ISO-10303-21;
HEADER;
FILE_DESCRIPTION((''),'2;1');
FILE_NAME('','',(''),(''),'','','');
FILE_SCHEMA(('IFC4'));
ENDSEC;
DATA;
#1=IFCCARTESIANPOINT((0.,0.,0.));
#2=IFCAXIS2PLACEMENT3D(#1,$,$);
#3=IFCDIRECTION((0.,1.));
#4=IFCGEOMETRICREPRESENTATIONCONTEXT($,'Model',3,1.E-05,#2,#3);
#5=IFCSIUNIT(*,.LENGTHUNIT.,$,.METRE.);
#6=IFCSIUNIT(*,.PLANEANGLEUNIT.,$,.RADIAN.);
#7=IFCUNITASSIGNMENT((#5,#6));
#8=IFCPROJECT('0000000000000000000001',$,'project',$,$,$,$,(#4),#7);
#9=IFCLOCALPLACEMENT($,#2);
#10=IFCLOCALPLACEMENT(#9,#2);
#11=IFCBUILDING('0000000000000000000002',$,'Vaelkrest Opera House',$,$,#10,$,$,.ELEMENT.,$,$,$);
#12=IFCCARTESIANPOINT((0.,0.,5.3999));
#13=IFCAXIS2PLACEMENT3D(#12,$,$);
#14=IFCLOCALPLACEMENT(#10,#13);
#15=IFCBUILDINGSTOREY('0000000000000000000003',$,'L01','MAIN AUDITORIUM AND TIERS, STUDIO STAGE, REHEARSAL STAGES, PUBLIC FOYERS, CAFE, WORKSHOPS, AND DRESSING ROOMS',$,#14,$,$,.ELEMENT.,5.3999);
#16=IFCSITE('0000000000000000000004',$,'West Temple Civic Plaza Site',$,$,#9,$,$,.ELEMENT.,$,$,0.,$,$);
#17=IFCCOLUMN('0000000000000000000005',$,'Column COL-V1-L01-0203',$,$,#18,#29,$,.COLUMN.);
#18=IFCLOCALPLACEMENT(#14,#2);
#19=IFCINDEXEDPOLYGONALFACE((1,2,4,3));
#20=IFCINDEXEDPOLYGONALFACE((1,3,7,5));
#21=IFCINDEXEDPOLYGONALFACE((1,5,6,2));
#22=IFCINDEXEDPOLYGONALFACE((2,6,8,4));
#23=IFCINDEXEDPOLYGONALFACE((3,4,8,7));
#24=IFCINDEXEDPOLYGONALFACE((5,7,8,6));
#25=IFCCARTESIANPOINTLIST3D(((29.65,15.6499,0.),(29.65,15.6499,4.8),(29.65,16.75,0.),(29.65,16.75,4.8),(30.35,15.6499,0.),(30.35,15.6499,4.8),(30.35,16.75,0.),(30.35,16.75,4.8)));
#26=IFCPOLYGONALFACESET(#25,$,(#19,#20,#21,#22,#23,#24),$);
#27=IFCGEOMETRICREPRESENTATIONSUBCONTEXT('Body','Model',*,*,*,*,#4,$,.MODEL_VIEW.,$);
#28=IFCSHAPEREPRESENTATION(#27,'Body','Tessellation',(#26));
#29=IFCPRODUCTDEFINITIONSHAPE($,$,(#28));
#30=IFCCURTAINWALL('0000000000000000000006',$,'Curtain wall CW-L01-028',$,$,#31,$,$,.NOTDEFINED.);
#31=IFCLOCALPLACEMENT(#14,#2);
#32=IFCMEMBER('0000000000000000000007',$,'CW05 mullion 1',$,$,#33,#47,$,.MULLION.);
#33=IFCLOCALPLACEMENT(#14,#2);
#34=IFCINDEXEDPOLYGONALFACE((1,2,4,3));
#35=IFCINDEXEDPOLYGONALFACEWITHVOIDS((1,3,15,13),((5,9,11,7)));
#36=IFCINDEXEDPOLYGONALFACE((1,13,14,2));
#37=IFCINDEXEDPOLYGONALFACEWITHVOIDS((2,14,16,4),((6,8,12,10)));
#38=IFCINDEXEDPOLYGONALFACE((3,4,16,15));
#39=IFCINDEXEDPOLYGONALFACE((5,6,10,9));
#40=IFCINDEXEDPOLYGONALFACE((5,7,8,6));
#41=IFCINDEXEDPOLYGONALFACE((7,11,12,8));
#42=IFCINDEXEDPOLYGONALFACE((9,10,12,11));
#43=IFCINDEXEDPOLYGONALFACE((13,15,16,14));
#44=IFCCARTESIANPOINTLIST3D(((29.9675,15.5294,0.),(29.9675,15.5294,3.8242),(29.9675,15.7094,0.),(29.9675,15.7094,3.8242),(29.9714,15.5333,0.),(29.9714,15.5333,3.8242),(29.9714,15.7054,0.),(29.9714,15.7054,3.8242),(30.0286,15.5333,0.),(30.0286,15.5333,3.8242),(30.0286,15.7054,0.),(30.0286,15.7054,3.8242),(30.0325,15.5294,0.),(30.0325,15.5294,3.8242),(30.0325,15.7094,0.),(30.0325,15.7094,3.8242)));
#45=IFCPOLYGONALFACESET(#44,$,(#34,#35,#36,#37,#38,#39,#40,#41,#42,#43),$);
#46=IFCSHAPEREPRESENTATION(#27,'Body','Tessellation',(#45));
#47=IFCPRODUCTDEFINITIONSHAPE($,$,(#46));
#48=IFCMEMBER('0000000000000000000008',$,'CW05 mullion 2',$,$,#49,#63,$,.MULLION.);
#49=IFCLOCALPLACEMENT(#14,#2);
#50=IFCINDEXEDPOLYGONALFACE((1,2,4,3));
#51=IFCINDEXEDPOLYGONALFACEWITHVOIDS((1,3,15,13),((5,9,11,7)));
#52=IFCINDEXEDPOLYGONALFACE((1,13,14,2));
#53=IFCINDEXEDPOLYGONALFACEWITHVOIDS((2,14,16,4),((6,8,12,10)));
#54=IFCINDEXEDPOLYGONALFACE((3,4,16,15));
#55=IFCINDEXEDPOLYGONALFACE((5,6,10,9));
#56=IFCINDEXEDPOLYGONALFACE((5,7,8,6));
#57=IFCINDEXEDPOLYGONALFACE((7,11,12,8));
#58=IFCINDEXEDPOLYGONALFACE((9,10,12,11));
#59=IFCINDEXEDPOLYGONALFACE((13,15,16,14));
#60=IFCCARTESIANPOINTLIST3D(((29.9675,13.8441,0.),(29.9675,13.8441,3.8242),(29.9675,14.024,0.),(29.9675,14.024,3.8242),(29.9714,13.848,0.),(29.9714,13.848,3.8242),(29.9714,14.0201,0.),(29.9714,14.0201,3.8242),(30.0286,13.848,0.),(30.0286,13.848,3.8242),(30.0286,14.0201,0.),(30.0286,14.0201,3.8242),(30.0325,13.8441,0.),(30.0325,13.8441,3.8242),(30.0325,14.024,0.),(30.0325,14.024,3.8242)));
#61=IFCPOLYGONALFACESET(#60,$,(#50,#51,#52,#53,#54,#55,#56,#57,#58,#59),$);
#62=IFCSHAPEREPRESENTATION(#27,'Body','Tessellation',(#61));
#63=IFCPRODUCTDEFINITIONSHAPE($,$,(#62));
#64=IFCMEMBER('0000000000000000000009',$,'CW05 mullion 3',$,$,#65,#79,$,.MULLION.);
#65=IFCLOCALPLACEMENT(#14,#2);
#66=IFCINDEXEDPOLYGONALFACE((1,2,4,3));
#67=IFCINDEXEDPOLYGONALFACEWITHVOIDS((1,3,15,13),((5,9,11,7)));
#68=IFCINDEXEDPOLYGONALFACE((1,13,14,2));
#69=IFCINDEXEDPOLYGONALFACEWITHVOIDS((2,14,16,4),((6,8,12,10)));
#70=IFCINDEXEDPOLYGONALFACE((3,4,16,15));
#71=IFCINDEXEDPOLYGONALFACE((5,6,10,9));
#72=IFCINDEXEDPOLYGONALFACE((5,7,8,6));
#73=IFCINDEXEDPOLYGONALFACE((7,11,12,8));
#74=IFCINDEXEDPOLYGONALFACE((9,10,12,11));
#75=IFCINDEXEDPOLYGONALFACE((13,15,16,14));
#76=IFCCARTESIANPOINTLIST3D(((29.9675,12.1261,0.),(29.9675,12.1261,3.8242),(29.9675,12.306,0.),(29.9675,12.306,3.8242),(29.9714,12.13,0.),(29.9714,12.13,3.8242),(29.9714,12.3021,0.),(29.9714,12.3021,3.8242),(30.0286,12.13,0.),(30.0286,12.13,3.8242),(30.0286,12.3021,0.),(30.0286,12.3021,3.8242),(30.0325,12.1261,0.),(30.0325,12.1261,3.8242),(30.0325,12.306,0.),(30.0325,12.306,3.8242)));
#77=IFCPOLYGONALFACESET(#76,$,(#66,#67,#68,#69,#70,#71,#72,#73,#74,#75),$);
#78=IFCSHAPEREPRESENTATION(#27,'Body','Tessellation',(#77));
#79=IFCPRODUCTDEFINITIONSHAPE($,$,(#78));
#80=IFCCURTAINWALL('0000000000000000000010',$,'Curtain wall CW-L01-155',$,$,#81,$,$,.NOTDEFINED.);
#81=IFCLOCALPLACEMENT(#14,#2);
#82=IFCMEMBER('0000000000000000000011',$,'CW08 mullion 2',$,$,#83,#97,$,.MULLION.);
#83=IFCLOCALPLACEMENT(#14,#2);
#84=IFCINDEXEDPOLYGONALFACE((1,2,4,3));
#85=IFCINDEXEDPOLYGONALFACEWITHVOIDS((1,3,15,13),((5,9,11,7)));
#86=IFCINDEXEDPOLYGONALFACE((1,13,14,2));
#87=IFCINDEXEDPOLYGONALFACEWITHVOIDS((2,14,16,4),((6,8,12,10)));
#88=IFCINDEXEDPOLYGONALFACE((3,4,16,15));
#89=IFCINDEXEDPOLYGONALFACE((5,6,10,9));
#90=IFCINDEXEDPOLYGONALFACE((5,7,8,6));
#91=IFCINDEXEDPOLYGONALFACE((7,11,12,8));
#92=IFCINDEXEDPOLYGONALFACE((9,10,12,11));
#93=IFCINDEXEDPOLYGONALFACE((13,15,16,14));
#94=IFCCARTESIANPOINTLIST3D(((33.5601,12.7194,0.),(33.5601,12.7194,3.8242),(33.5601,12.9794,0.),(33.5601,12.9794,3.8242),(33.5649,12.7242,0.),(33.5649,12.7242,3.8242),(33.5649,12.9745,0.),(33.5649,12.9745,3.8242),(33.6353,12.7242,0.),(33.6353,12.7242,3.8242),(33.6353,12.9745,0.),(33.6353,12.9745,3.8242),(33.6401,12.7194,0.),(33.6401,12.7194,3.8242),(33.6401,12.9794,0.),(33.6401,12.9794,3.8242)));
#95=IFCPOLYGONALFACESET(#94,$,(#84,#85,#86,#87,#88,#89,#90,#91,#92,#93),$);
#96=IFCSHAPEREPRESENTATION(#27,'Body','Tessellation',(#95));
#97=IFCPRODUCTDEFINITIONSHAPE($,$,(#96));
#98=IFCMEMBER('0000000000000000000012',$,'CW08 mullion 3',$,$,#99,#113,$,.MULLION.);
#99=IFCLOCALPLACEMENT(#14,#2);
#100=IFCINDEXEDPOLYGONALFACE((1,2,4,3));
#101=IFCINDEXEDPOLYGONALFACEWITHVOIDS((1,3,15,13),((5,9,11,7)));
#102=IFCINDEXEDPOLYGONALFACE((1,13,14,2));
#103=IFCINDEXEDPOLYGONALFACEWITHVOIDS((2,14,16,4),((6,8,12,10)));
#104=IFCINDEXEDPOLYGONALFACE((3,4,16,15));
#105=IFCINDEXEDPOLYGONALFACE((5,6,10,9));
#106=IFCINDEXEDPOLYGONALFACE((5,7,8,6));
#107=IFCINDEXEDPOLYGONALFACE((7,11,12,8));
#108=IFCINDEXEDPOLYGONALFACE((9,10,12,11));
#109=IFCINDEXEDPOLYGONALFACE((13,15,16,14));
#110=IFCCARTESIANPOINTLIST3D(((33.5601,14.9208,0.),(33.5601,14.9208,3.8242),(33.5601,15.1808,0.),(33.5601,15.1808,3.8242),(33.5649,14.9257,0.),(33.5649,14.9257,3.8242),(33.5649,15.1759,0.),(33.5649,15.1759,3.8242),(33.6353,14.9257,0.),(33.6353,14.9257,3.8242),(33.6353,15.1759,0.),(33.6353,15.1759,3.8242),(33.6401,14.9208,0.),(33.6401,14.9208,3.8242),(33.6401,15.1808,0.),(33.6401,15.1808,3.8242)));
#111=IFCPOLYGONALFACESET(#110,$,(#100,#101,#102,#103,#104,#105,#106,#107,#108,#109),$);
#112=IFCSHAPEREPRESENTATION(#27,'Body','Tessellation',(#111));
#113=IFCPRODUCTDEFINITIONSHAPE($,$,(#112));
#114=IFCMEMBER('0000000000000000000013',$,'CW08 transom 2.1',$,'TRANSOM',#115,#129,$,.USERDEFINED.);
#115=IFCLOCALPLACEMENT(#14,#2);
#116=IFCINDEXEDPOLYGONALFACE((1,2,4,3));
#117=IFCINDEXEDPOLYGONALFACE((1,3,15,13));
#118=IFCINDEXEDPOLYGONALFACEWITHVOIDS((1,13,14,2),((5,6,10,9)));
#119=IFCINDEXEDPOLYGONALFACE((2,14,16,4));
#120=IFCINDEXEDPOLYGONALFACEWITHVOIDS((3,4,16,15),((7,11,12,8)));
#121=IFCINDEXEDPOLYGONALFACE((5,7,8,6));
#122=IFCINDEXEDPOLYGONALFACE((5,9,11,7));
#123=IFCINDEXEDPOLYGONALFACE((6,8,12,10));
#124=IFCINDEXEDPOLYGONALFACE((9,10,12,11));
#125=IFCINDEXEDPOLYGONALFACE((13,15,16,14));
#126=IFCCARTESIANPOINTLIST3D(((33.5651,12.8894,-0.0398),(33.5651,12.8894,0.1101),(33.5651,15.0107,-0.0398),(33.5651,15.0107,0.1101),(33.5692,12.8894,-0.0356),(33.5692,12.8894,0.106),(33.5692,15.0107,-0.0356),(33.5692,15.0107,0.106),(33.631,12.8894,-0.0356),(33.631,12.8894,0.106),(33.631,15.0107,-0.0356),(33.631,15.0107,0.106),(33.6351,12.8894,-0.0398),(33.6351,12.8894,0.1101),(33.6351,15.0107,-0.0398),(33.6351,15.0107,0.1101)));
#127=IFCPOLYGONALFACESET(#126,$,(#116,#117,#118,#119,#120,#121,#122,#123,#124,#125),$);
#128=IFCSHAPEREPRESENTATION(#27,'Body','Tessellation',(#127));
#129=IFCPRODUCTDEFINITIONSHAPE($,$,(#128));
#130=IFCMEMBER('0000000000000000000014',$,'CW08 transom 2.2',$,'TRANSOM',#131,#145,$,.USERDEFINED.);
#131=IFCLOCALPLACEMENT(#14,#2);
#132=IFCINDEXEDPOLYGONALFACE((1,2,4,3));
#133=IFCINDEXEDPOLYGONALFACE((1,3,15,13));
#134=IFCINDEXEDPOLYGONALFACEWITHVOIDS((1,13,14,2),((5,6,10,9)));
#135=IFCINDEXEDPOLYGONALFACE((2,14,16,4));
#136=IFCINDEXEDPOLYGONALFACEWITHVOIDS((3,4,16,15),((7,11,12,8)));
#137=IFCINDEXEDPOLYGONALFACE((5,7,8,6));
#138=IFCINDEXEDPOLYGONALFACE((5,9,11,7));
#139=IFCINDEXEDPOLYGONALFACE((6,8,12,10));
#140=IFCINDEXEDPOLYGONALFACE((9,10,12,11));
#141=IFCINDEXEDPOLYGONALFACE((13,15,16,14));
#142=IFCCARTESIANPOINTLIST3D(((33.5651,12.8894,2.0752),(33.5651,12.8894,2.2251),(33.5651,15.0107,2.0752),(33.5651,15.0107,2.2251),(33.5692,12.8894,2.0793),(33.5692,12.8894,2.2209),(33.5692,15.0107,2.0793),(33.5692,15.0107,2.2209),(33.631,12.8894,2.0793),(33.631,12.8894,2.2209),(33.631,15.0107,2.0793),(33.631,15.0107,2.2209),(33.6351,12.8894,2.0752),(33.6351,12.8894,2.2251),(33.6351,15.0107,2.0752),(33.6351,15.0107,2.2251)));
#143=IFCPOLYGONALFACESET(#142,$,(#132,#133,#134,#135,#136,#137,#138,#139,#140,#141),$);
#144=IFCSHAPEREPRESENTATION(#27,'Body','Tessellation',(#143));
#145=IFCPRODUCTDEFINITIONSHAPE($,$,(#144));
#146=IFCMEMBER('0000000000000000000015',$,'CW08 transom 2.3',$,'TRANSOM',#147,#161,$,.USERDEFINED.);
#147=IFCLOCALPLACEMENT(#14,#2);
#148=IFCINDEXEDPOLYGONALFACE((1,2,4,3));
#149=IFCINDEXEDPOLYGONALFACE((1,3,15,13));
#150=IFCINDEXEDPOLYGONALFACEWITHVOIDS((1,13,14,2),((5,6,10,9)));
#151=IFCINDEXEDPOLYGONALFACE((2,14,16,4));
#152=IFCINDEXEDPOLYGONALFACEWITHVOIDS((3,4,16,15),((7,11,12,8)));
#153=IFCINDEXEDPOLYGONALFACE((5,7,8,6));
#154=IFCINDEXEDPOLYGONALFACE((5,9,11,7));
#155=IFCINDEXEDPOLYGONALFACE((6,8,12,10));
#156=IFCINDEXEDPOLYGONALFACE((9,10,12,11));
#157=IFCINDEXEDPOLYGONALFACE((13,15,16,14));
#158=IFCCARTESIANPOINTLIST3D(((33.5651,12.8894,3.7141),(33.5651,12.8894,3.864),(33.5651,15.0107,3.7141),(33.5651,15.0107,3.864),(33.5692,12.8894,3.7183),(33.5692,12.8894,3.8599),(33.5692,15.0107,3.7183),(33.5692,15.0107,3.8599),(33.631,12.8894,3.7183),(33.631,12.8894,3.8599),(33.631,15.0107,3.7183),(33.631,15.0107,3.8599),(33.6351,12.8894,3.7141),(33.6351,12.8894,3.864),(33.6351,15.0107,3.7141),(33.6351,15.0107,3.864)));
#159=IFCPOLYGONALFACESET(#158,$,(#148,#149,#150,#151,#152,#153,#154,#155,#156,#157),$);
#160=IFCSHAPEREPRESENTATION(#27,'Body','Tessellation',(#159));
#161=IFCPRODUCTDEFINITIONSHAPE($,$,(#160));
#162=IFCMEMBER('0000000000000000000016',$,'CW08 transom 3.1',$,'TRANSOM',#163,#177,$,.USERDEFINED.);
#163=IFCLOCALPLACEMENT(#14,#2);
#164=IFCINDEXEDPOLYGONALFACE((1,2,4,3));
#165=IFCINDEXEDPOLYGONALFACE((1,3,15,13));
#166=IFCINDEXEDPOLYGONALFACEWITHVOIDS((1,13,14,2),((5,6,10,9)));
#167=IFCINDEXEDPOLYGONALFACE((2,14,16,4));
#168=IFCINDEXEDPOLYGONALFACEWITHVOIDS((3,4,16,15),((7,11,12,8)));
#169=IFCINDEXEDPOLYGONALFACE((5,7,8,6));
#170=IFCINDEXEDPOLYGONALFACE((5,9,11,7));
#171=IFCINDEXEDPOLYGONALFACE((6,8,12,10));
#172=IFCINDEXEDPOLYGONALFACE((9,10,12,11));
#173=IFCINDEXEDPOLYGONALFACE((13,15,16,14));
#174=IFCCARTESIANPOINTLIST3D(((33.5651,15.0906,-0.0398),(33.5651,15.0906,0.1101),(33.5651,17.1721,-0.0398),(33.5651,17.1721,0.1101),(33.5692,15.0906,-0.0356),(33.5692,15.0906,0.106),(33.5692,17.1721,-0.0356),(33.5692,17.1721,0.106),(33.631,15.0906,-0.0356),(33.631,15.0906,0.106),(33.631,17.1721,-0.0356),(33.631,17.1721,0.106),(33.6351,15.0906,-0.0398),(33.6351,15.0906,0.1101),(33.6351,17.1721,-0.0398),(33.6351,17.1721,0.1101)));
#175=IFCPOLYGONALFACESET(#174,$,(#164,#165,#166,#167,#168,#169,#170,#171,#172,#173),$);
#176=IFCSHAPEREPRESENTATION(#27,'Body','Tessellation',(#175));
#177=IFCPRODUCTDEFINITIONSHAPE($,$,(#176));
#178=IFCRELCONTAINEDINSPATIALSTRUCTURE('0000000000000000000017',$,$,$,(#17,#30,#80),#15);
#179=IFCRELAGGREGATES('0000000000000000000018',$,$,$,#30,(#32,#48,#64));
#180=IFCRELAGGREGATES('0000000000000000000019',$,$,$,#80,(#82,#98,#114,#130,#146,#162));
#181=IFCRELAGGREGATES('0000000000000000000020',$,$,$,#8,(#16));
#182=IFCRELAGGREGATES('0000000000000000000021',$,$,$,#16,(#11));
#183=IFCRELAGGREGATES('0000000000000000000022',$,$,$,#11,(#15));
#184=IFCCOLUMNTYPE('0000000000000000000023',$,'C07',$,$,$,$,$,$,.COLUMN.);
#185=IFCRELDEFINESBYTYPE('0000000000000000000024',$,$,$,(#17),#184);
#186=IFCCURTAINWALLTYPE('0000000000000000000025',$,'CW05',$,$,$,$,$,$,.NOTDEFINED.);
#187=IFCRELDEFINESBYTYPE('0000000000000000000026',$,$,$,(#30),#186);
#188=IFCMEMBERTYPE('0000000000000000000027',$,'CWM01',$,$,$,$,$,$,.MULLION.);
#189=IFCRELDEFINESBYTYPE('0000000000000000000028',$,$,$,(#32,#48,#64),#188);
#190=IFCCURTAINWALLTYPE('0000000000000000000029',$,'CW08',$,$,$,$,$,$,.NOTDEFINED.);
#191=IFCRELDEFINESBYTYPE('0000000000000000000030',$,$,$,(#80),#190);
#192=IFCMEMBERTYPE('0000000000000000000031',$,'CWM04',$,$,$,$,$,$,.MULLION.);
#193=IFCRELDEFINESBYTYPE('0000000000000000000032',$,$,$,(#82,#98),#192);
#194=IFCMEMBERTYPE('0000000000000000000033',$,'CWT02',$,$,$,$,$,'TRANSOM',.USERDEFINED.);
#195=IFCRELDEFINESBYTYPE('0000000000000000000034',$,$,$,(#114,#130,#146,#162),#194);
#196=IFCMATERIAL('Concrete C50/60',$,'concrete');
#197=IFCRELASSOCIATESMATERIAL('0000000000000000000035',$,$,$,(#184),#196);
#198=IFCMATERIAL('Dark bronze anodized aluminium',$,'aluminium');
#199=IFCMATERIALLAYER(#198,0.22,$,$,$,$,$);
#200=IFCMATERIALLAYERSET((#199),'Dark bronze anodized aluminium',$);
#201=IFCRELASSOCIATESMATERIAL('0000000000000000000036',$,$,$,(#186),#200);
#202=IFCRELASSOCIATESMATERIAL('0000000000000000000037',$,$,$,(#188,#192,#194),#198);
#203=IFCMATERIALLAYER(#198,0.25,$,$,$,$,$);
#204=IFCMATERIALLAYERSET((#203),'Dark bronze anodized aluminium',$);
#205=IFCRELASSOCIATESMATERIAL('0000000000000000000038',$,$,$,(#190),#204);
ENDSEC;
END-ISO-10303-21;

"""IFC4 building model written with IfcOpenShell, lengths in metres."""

from ifc_helpers import new_model, si_unit, direction, frame, origin, origin_2d, place, context, subcontext, project, spatial, rectangle, hollow_rectangle, extrude, material, layer, layer_set, material_profile, profile_set, type_object, element, aggregate, save


model = new_model("IFC4")

# Units and contexts
model_context = context("Model", 3, precision=1e-05, world=origin(), true_north=direction((0.0, 1.0)))
body_context = subcontext(model_context, "Body", "Model", "MODEL_VIEW")
ifc_project = project(units=[si_unit("LENGTHUNIT", "METRE"), si_unit("PLANEANGLEUNIT", "RADIAN")], contexts=[model_context])

# Site, building, storey
site_placement = place(None, origin())
site = spatial("IfcSite", under=ifc_project, at=site_placement, Name="West Temple Civic Plaza Site", CompositionType="ELEMENT", RefElevation=0.0)
building_placement = place(site_placement, origin())
building = spatial("IfcBuilding", under=site, at=building_placement, Name="Vaelkrest Opera House", CompositionType="ELEMENT")
storey_placement = place(building_placement, frame((0.0, 0.0, 5.3999)))
storey = spatial("IfcBuildingStorey", under=building, at=storey_placement, Name="L01", Description="MAIN AUDITORIUM AND TIERS, STUDIO STAGE, REHEARSAL STAGES, PUBLIC FOYERS, CAFE, WORKSHOPS, AND DRESSING ROOMS", CompositionType="ELEMENT", Elevation=5.3999)

# Column
ifc_material_1 = material(Name="Concrete C50/60", Category="concrete")
ifc_material_profile_1 = material_profile(ifc_material_1, rectangle(XDim=0.7, YDim=1.1001, at=origin_2d()), Name="RC700X1100")
ifc_profile_set_1 = profile_set([ifc_material_profile_1], Name="Concrete C50/60")
column_type = type_object("IfcColumnType", Name="C07", PredefinedType="COLUMN", material=ifc_profile_set_1)
column_placement = place(storey_placement, frame((30.0, 16.2, 0.0), z_axis=(0.0, 0.0, 1.0), x_axis=(1.0, 0.0, 0.0)))
element("IfcColumn", 1, at=column_placement, inside=storey, type_object=column_type, Name="Column COL-V1-L01-0203", PredefinedType="COLUMN", context=body_context, shape_type="SweptSolid", body=[
    extrude(rectangle(XDim=0.7, YDim=1.1001, at=origin_2d()), origin(), (0.0, 0.0, 1.0), 4.8),
])

# Curtain walls, members
ifc_material_2 = material(Name="Dark bronze anodized aluminium", Category="aluminium")
ifc_layer_1 = layer(ifc_material_2, 0.22)
ifc_layer_set_1 = layer_set([ifc_layer_1], Name="Dark bronze anodized aluminium")
curtain_wall_type_1 = type_object("IfcCurtainWallType", Name="CW05", PredefinedType="NOTDEFINED", material=ifc_layer_set_1)
curtain_wall_1_placement = place(storey_placement, origin())
curtain_wall_1 = element("IfcCurtainWall", 2, at=curtain_wall_1_placement, inside=storey, type_object=curtain_wall_type_1, Name="Curtain wall CW-L01-028", PredefinedType="NOTDEFINED")
ifc_material_profile_2 = material_profile(ifc_material_2, hollow_rectangle(XDim=0.0649, YDim=0.1799, WallThickness=0.0039, at=origin_2d()), Name="CWM65X180")
ifc_profile_set_2 = profile_set([ifc_material_profile_2], Name="Dark bronze anodized aluminium")
member_type_1 = type_object("IfcMemberType", Name="CWM01", PredefinedType="MULLION", material=ifc_profile_set_2)
member_1_placement = place(storey_placement, frame((30.0, 15.6194, 0.0), z_axis=(0.0, 0.0, 1.0), x_axis=(1.0, 0.0, 0.0)))
member_1 = element("IfcMember", 3, at=member_1_placement, type_object=member_type_1, Name="CW05 mullion 1", PredefinedType="MULLION", context=body_context, shape_type="SweptSolid", body=[
    extrude(hollow_rectangle(XDim=0.0649, YDim=0.1799, WallThickness=0.0039, at=origin_2d()), origin(), (0.0, 0.0, 1.0), 3.8242),
])
member_2_placement = place(storey_placement, frame((30.0, 13.9341, 0.0), z_axis=(0.0, 0.0, 1.0), x_axis=(1.0, 0.0, 0.0)))
member_2 = element("IfcMember", 4, at=member_2_placement, type_object=member_type_1, Name="CW05 mullion 2", PredefinedType="MULLION", context=body_context, shape_type="SweptSolid", body=[
    extrude(hollow_rectangle(XDim=0.0649, YDim=0.1799, WallThickness=0.0039, at=origin_2d()), origin(), (0.0, 0.0, 1.0), 3.8242),
])
member_3_placement = place(storey_placement, frame((30.0, 12.2161, 0.0), z_axis=(0.0, 0.0, 1.0), x_axis=(1.0, 0.0, 0.0)))
member_3 = element("IfcMember", 5, at=member_3_placement, type_object=member_type_1, Name="CW05 mullion 3", PredefinedType="MULLION", context=body_context, shape_type="SweptSolid", body=[
    extrude(hollow_rectangle(XDim=0.0649, YDim=0.1799, WallThickness=0.0039, at=origin_2d()), origin(), (0.0, 0.0, 1.0), 3.8242),
])
ifc_layer_2 = layer(ifc_material_2, 0.25)
ifc_layer_set_2 = layer_set([ifc_layer_2], Name="Dark bronze anodized aluminium")
curtain_wall_type_2 = type_object("IfcCurtainWallType", Name="CW08", PredefinedType="NOTDEFINED", material=ifc_layer_set_2)
curtain_wall_2_placement = place(storey_placement, origin())
curtain_wall_2 = element("IfcCurtainWall", 6, at=curtain_wall_2_placement, inside=storey, type_object=curtain_wall_type_2, Name="Curtain wall CW-L01-155", PredefinedType="NOTDEFINED")
ifc_material_profile_3 = material_profile(ifc_material_2, hollow_rectangle(XDim=0.0801, YDim=0.26, WallThickness=0.0049, at=origin_2d()), Name="CWM80X260")
ifc_profile_set_3 = profile_set([ifc_material_profile_3], Name="Dark bronze anodized aluminium")
member_type_2 = type_object("IfcMemberType", Name="CWM04", PredefinedType="MULLION", material=ifc_profile_set_3)
member_4_placement = place(storey_placement, frame((33.6001, 12.8494, 0.0), z_axis=(0.0, 0.0, 1.0), x_axis=(-1.0, 0.0, 0.0)))
member_4 = element("IfcMember", 7, at=member_4_placement, type_object=member_type_2, Name="CW08 mullion 2", PredefinedType="MULLION", context=body_context, shape_type="SweptSolid", body=[
    extrude(hollow_rectangle(XDim=0.0801, YDim=0.26, WallThickness=0.0049, at=origin_2d()), origin(), (0.0, 0.0, 1.0), 3.8242),
])
member_5_placement = place(storey_placement, frame((33.6001, 15.0508, 0.0), z_axis=(0.0, 0.0, 1.0), x_axis=(-1.0, 0.0, 0.0)))
member_5 = element("IfcMember", 8, at=member_5_placement, type_object=member_type_2, Name="CW08 mullion 3", PredefinedType="MULLION", context=body_context, shape_type="SweptSolid", body=[
    extrude(hollow_rectangle(XDim=0.0801, YDim=0.26, WallThickness=0.0049, at=origin_2d()), origin(), (0.0, 0.0, 1.0), 3.8242),
])
ifc_material_profile_4 = material_profile(ifc_material_2, hollow_rectangle(XDim=0.0701, YDim=0.1499, WallThickness=0.0042, at=origin_2d()), Name="CWT70X150")
ifc_profile_set_4 = profile_set([ifc_material_profile_4], Name="Dark bronze anodized aluminium")
member_type_3 = type_object("IfcMemberType", Name="CWT02", ElementType="TRANSOM", PredefinedType="USERDEFINED", material=ifc_profile_set_4)
member_6_placement = place(storey_placement, frame((33.6001, 12.8894, 0.0352), z_axis=(0.0, 1.0, 0.0), x_axis=(-1.0, 0.0, 0.0)))
member_6 = element("IfcMember", 9, at=member_6_placement, type_object=member_type_3, Name="CW08 transom 2.1", ObjectType="TRANSOM", PredefinedType="USERDEFINED", context=body_context, shape_type="SweptSolid", body=[
    extrude(hollow_rectangle(XDim=0.0701, YDim=0.1499, WallThickness=0.0042, at=origin_2d()), origin(), (0.0, 0.0, 1.0), 2.1213),
])
member_7_placement = place(storey_placement, frame((33.6001, 12.8894, 2.1501), z_axis=(0.0, 1.0, 0.0), x_axis=(-1.0, 0.0, 0.0)))
member_7 = element("IfcMember", 10, at=member_7_placement, type_object=member_type_3, Name="CW08 transom 2.2", ObjectType="TRANSOM", PredefinedType="USERDEFINED", context=body_context, shape_type="SweptSolid", body=[
    extrude(hollow_rectangle(XDim=0.0701, YDim=0.1499, WallThickness=0.0042, at=origin_2d()), origin(), (0.0, 0.0, 1.0), 2.1213),
])
member_8_placement = place(storey_placement, frame((33.6001, 12.8894, 3.7891), z_axis=(0.0, 1.0, 0.0), x_axis=(-1.0, 0.0, 0.0)))
member_8 = element("IfcMember", 11, at=member_8_placement, type_object=member_type_3, Name="CW08 transom 2.3", ObjectType="TRANSOM", PredefinedType="USERDEFINED", context=body_context, shape_type="SweptSolid", body=[
    extrude(hollow_rectangle(XDim=0.0701, YDim=0.1499, WallThickness=0.0042, at=origin_2d()), origin(), (0.0, 0.0, 1.0), 2.1213),
])
member_9_placement = place(storey_placement, frame((33.6001, 15.0906, 0.0352), z_axis=(0.0, 1.0, 0.0), x_axis=(-1.0, 0.0, 0.0)))
member_9 = element("IfcMember", 12, at=member_9_placement, type_object=member_type_3, Name="CW08 transom 3.1", ObjectType="TRANSOM", PredefinedType="USERDEFINED", context=body_context, shape_type="SweptSolid", body=[
    extrude(hollow_rectangle(XDim=0.0701, YDim=0.1499, WallThickness=0.0042, at=origin_2d()), origin(), (0.0, 0.0, 1.0), 2.0815),
])

aggregate(curtain_wall_1, [member_1, member_2, member_3])
aggregate(curtain_wall_2, [member_4, member_5, member_6, member_7, member_8, member_9])

save(model, "model.ifc")
